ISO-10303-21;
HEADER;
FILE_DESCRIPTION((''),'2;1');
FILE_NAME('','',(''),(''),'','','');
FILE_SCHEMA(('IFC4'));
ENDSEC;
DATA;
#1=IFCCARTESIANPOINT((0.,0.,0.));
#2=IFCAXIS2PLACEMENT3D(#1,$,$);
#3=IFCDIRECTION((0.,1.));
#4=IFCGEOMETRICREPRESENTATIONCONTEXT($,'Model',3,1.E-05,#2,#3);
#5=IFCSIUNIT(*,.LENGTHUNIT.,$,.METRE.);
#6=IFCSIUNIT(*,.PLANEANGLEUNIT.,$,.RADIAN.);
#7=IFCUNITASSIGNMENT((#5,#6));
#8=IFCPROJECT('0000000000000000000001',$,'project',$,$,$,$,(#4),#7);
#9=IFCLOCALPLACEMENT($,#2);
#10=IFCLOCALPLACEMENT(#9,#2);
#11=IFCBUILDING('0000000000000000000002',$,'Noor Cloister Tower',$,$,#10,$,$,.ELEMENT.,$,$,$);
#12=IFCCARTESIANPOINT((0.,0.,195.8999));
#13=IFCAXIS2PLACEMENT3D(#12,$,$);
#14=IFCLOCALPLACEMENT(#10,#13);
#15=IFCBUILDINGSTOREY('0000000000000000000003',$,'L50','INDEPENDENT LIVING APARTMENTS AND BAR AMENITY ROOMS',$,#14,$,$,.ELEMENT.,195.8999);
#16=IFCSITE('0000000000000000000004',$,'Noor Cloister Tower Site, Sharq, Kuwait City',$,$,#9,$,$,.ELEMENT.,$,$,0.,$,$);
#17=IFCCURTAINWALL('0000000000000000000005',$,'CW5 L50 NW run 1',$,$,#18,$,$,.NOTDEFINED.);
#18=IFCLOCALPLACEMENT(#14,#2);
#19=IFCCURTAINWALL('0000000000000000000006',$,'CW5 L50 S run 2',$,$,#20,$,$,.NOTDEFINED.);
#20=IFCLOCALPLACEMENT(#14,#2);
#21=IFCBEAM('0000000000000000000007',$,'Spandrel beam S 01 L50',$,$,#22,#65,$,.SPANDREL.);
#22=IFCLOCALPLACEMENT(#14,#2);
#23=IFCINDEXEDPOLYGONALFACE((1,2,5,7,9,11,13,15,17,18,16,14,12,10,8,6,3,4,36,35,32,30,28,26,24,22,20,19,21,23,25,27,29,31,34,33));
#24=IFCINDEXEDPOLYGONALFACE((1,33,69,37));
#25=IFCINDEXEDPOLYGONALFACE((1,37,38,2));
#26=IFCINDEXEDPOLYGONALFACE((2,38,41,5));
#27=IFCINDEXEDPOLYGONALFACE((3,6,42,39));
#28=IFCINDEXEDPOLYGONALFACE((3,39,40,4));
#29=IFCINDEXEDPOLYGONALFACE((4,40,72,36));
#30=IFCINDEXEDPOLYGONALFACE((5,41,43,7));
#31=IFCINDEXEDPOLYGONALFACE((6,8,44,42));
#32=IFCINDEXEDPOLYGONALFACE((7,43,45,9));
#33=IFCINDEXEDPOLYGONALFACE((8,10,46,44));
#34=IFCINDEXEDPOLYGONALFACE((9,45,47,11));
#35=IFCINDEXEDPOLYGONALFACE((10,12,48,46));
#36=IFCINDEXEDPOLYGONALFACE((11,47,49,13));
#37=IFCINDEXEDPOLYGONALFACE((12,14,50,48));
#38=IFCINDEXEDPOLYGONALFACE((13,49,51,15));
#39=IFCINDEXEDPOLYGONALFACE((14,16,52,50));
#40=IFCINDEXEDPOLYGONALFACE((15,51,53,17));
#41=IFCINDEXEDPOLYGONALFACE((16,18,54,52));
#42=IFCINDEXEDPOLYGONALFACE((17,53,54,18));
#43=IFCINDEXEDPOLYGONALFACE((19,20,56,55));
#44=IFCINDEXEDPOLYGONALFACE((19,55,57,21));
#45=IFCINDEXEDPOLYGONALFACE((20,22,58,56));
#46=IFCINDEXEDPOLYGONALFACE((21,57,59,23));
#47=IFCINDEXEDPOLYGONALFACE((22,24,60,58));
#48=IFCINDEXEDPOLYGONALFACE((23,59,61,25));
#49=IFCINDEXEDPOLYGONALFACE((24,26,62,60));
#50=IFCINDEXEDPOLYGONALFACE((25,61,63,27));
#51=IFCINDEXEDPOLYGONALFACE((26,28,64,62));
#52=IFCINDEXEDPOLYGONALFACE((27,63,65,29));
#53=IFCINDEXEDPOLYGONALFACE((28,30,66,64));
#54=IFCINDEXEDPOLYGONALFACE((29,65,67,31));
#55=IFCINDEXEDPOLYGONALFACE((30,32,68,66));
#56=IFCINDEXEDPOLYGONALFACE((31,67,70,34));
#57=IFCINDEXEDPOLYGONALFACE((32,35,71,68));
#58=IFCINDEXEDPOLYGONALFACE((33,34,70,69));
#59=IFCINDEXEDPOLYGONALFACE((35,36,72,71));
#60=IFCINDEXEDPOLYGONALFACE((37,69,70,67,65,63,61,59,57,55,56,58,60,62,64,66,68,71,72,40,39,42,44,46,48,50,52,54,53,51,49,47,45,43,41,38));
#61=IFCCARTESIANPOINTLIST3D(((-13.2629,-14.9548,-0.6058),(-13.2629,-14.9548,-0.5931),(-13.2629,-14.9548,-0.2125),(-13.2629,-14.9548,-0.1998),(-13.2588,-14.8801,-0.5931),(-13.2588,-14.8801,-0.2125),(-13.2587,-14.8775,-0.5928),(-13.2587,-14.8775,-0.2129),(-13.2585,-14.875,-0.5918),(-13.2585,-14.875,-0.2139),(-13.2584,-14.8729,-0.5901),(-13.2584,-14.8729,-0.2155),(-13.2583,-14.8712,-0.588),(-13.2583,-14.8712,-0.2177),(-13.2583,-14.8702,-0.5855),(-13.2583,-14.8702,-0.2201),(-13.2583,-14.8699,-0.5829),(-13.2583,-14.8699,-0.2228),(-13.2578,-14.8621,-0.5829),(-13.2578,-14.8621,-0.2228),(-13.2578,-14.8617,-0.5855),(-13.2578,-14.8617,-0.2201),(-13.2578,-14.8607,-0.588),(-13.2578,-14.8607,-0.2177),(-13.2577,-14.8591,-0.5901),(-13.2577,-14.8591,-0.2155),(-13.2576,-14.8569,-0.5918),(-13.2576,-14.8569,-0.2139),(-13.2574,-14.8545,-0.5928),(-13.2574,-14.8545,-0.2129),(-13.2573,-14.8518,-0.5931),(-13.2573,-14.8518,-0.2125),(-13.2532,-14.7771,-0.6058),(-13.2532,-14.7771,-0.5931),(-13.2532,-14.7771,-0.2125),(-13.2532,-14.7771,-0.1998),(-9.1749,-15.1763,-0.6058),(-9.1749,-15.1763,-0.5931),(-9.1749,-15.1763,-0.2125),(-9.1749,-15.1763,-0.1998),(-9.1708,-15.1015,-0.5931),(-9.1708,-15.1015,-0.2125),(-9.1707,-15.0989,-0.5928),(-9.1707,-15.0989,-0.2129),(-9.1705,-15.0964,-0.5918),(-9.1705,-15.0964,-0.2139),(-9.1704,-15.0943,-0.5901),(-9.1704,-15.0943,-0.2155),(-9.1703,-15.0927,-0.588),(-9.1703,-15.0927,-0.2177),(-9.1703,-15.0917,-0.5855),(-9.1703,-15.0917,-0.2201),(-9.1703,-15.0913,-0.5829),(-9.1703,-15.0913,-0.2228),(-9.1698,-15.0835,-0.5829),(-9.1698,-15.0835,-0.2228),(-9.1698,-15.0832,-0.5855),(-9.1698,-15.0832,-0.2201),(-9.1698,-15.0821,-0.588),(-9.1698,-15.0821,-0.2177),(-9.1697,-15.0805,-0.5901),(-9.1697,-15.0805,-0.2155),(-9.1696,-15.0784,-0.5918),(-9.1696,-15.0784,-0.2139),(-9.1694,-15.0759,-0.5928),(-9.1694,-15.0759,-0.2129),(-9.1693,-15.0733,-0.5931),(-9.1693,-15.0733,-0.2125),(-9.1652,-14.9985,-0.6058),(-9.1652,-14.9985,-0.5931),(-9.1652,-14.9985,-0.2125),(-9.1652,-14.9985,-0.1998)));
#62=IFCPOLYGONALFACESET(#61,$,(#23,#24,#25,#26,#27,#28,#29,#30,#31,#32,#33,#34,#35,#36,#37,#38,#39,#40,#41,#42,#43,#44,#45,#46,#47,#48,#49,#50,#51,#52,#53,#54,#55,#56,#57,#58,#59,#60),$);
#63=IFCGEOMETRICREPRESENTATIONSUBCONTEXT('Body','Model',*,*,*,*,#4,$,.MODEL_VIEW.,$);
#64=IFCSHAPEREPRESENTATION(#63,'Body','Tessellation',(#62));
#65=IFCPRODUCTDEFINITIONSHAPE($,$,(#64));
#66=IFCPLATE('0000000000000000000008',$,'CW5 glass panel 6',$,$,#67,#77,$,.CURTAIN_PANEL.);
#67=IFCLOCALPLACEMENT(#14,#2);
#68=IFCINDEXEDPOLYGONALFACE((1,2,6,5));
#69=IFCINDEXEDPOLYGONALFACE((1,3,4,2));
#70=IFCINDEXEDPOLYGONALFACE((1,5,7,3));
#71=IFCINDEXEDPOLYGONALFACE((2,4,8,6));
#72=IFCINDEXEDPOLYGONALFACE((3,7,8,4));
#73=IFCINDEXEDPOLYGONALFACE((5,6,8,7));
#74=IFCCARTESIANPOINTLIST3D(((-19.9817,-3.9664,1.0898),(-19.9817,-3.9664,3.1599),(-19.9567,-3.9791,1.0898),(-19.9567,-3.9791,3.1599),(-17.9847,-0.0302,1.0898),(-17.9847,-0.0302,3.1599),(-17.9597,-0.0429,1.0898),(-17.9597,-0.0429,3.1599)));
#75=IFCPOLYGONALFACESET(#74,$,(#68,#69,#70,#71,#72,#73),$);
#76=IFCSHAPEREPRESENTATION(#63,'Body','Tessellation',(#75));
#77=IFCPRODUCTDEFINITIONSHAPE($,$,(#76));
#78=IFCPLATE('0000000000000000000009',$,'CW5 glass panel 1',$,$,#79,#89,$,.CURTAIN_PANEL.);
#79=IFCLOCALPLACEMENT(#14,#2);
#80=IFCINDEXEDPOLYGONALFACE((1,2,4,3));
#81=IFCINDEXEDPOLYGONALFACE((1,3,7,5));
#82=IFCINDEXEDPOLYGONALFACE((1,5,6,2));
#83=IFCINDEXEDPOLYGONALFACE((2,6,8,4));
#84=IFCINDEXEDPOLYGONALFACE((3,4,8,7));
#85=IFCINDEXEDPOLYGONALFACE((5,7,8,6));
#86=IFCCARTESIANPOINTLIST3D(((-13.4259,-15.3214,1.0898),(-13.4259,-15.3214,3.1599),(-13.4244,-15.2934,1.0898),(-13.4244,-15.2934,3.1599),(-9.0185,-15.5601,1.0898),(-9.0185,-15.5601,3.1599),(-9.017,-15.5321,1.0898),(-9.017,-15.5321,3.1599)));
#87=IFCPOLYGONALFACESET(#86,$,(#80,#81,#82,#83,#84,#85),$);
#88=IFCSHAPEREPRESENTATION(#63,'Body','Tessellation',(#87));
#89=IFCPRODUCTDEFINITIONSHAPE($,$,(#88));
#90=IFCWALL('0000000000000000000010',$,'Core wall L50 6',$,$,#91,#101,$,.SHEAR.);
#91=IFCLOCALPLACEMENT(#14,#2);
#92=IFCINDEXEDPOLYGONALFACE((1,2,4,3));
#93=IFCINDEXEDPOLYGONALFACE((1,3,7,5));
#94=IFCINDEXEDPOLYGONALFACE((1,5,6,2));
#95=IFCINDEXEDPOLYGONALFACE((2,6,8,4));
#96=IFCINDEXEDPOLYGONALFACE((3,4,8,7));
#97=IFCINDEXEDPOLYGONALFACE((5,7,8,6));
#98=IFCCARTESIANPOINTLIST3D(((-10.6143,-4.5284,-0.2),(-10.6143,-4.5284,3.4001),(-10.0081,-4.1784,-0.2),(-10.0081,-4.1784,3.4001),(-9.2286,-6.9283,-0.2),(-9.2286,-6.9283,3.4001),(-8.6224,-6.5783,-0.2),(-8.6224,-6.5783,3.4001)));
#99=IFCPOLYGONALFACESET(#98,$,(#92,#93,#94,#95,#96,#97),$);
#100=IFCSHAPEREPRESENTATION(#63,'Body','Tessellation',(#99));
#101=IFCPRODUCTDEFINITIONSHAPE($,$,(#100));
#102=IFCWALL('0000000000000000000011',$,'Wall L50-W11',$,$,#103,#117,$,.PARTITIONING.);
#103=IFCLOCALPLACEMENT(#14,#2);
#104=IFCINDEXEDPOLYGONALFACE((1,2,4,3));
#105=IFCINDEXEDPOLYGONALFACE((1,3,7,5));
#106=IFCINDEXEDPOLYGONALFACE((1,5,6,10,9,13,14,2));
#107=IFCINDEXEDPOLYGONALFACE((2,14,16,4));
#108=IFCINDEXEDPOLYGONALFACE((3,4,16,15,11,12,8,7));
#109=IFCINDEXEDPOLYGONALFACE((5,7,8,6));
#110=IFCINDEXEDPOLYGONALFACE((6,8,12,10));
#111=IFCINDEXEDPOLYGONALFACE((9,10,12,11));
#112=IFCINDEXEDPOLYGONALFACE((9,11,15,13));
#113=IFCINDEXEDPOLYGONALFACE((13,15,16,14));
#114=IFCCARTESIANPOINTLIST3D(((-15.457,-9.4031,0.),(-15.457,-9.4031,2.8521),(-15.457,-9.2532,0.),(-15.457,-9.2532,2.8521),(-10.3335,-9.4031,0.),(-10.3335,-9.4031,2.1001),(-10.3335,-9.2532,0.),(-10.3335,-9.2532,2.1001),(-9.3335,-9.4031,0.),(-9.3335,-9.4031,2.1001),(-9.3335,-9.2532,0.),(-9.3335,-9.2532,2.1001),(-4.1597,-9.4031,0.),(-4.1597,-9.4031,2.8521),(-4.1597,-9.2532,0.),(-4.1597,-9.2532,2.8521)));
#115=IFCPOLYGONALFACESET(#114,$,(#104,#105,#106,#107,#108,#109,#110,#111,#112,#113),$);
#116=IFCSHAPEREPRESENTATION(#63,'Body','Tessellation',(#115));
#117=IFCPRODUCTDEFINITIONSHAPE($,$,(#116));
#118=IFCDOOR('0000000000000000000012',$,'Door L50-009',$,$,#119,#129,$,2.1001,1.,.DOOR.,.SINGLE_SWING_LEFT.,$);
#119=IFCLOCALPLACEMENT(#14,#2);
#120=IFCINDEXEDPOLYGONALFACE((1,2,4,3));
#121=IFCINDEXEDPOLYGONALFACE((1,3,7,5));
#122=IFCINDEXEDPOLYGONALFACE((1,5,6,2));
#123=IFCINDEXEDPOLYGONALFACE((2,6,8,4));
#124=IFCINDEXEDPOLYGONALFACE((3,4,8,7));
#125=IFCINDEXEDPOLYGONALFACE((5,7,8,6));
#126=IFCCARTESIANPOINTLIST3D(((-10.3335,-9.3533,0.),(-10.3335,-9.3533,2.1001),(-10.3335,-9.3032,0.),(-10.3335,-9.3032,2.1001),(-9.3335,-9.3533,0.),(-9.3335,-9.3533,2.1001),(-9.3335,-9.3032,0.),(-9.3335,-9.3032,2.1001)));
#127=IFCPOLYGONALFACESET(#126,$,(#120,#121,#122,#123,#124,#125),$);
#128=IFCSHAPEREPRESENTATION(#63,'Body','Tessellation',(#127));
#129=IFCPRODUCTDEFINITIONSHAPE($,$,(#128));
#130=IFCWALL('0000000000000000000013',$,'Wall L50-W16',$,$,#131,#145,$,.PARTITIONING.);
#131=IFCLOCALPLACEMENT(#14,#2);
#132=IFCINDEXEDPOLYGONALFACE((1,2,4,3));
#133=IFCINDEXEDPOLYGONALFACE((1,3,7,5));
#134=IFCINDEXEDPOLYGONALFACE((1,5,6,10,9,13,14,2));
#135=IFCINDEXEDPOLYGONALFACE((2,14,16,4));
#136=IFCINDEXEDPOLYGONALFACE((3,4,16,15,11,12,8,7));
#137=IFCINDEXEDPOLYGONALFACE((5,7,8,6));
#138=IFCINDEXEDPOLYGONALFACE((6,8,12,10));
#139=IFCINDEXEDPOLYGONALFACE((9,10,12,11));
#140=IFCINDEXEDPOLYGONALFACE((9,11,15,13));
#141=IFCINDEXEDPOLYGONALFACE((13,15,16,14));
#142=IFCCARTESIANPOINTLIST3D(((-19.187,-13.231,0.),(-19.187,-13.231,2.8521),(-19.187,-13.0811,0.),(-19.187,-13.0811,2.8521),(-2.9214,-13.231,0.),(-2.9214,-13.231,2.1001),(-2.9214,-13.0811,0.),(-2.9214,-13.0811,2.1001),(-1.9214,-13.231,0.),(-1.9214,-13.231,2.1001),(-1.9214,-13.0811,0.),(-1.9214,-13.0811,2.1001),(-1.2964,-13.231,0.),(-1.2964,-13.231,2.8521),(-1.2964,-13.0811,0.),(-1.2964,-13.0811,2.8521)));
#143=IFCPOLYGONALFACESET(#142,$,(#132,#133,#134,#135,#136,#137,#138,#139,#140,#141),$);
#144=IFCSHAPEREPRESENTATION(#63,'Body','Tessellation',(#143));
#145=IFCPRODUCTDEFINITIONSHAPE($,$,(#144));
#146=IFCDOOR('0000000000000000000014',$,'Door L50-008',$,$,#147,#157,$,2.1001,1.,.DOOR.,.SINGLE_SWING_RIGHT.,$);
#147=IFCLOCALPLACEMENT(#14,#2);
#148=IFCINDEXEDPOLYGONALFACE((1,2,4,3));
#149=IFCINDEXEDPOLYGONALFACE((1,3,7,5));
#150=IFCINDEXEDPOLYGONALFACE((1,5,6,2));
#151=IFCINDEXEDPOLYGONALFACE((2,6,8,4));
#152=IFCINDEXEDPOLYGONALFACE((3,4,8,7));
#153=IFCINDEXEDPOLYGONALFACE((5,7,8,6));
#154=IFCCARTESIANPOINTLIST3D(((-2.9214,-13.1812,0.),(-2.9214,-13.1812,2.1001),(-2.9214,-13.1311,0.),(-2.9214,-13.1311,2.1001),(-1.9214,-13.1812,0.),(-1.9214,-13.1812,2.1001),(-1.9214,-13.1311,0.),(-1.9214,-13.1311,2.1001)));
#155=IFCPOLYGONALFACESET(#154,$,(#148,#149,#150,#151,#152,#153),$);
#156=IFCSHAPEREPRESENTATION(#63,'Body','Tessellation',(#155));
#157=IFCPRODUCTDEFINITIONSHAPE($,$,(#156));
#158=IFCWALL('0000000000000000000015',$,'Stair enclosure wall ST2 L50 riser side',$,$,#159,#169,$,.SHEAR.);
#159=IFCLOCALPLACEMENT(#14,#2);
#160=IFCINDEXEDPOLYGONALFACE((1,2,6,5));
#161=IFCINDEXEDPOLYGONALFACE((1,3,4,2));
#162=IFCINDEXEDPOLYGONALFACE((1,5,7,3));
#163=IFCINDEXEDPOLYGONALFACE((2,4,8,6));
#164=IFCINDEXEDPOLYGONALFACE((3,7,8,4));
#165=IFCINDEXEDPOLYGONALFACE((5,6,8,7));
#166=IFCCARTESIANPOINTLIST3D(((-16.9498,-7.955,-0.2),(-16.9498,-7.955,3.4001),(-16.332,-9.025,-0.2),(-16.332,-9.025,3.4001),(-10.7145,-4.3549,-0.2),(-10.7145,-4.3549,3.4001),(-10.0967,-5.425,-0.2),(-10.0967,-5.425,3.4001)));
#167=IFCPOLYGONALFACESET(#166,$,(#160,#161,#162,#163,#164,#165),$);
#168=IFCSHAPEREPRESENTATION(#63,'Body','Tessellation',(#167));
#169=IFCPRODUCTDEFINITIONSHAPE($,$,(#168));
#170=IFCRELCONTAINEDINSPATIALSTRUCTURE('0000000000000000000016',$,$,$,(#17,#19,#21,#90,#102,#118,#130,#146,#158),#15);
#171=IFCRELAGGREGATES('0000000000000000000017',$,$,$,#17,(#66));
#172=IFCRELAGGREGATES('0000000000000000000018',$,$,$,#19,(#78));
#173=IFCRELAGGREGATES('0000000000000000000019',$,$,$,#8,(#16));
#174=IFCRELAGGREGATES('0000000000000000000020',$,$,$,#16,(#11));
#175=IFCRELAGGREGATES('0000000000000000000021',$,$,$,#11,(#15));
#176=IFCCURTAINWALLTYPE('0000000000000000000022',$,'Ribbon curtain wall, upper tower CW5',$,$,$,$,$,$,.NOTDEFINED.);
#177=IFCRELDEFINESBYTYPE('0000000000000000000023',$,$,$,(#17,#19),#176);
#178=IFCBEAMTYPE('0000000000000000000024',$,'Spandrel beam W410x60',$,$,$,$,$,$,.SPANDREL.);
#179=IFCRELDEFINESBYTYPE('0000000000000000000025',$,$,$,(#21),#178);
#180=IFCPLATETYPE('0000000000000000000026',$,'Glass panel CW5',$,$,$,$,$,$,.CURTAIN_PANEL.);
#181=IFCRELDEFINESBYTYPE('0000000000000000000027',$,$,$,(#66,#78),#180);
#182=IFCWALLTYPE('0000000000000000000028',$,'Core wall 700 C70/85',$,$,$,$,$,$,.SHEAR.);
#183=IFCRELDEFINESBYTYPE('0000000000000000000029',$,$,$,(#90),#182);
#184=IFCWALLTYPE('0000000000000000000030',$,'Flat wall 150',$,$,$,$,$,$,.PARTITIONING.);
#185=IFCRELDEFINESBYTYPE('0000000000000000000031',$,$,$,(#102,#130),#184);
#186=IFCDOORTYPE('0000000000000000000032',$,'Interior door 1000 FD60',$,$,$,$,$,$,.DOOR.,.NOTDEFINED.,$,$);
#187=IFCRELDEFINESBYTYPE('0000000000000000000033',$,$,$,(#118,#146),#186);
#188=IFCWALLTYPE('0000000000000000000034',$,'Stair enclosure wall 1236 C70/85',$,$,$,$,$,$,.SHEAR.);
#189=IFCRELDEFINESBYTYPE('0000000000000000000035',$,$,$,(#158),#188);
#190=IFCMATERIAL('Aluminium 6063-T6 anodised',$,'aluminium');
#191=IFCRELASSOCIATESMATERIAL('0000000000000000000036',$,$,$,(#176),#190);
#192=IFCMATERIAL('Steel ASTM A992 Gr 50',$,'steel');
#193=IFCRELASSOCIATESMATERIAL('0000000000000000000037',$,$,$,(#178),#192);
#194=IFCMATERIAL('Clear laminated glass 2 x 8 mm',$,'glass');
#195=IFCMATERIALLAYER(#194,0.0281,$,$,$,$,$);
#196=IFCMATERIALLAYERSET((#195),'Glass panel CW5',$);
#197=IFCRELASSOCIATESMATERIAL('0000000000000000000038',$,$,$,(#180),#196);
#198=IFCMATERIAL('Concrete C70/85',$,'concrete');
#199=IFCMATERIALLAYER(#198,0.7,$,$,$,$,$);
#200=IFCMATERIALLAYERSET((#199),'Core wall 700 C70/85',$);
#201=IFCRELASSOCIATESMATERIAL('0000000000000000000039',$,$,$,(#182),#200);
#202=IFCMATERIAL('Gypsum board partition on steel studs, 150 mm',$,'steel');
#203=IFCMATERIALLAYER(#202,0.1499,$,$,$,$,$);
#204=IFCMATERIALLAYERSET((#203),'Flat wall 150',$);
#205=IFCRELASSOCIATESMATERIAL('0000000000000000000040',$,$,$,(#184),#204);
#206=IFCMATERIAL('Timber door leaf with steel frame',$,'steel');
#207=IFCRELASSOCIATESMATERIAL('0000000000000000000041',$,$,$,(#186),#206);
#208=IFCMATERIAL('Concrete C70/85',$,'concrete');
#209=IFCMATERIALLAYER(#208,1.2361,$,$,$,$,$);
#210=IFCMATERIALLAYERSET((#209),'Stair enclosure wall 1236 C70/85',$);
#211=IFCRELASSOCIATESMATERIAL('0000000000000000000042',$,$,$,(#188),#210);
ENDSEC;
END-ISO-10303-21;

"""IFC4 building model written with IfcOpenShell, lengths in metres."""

from ifc_helpers import new_model, si_unit, direction, frame, frame_2d, origin, origin_2d, place, context, subcontext, project, spatial, rectangle, i_section, extrude, material, layer, layer_set, material_profile, profile_set, type_object, element, fill, aggregate, save


model = new_model("IFC4")

# Units and contexts
model_context = context("Model", 3, precision=1e-05, world=origin(), true_north=direction((0.0, 1.0)))
body_context = subcontext(model_context, "Body", "Model", "MODEL_VIEW")
ifc_project = project(units=[si_unit("LENGTHUNIT", "METRE"), si_unit("PLANEANGLEUNIT", "RADIAN")], contexts=[model_context])

# Site, building, storey
site_placement = place(None, origin())
site = spatial("IfcSite", under=ifc_project, at=site_placement, Name="Noor Cloister Tower Site, Sharq, Kuwait City", CompositionType="ELEMENT", RefElevation=0.0)
building_placement = place(site_placement, origin())
building = spatial("IfcBuilding", under=site, at=building_placement, Name="Noor Cloister Tower", CompositionType="ELEMENT")
storey_placement = place(building_placement, frame((0.0, 0.0, 195.8999)))
storey = spatial("IfcBuildingStorey", under=building, at=storey_placement, Name="L50", Description="INDEPENDENT LIVING APARTMENTS AND BAR AMENITY ROOMS", CompositionType="ELEMENT", Elevation=195.8999)

# Curtain wall
ifc_material_1 = material(Name="Aluminium 6063-T6 anodised", Category="aluminium")
curtain_wall_type = type_object("IfcCurtainWallType", Name="Ribbon curtain wall, upper tower CW5", PredefinedType="NOTDEFINED", material=ifc_material_1)
curtain_wall_1_placement = place(storey_placement, origin())
curtain_wall_1 = element("IfcCurtainWall", 1, at=curtain_wall_1_placement, inside=storey, type_object=curtain_wall_type, Name="CW5 L50 NW run 1", PredefinedType="NOTDEFINED")

# Curtain wall
curtain_wall_2_placement = place(storey_placement, origin())
curtain_wall_2 = element("IfcCurtainWall", 2, at=curtain_wall_2_placement, inside=storey, type_object=curtain_wall_type, Name="CW5 L50 S run 2", PredefinedType="NOTDEFINED")

# Beam
ifc_material_2 = material(Name="Steel ASTM A992 Gr 50", Category="steel")
ifc_material_profile_1 = material_profile(ifc_material_2, i_section(OverallWidth=0.178, OverallDepth=0.406, WebThickness=0.0078, FlangeThickness=0.0127, FilletRadius=0.0103, at=origin_2d()), Name="W410x60")
ifc_profile_set_1 = profile_set([ifc_material_profile_1], Name="Steel ASTM A992 Gr 50")
beam_type_1 = type_object("IfcBeamType", Name="Spandrel beam W410x60", PredefinedType="SPANDREL", material=ifc_profile_set_1)
for number, where, z_axis, x_axis, name in (
    (3, (-13.2581, -14.866, -0.4028), (0.998536, -0.054089, 0.0), (0.054089, 0.998536, 0.0), "Spandrel beam S 01 L50"),
):
    element("IfcBeam", number, at=place(storey_placement, frame(where, z_axis=z_axis, x_axis=x_axis)), inside=storey, type_object=beam_type_1, Name=name, PredefinedType="SPANDREL", context=body_context, shape_type="SweptSolid", body=[
        extrude(i_section(OverallWidth=0.178, OverallDepth=0.406, WebThickness=0.0078, FlangeThickness=0.0127, FilletRadius=0.0103, at=origin_2d()), origin(), (0.0, 0.0, 1.0), 4.094),
    ])

# Plates
ifc_material_3 = material(Name="Clear laminated glass 2 x 8 mm", Category="glass")
ifc_layer_1 = layer(ifc_material_3, 0.0281)
ifc_layer_set_1 = layer_set([ifc_layer_1], Name="Glass panel CW5")
plate_type = type_object("IfcPlateType", Name="Glass panel CW5", PredefinedType="CURTAIN_PANEL", material=ifc_layer_set_1)
plate_1_placement = place(storey_placement, frame((-18.9707, -2.0046, 1.0898), z_axis=(0.0, 0.0, 1.0), x_axis=(-0.452439, -0.891795, 0.0)))
plate_1 = element("IfcPlate", 4, at=plate_1_placement, type_object=plate_type, Name="CW5 glass panel 6", PredefinedType="CURTAIN_PANEL", context=body_context, shape_type="SweptSolid", body=[
    extrude(rectangle(XDim=4.4138, YDim=0.0281, at=origin_2d()), origin(), (0.0, 0.0, 1.0), 2.0701),
])
aggregate(curtain_wall_1, [plate_1])
plate_2_placement = place(storey_placement, frame((-11.2214, -15.4268, 1.0898), z_axis=(0.0, 0.0, 1.0), x_axis=(0.998537, -0.054074, 0.0)))
plate_2 = element("IfcPlate", 5, at=plate_2_placement, type_object=plate_type, Name="CW5 glass panel 1", PredefinedType="CURTAIN_PANEL", context=body_context, shape_type="SweptSolid", body=[
    extrude(rectangle(XDim=4.4138, YDim=0.0281, at=origin_2d()), origin(), (0.0, 0.0, 1.0), 2.0701),
])
aggregate(curtain_wall_2, [plate_2])

# Wall
ifc_material_4 = material(Name="Concrete C70/85", Category="concrete")
ifc_layer_2 = layer(ifc_material_4, 0.7)
ifc_layer_set_2 = layer_set([ifc_layer_2], Name="Core wall 700 C70/85")
wall_type_1 = type_object("IfcWallType", Name="Core wall 700 C70/85", PredefinedType="SHEAR", material=ifc_layer_set_2)
wall_1_placement = place(storey_placement, frame((-10.3113, -4.3533, -0.2), z_axis=(0.0, 0.0, 1.0), x_axis=(0.500043, -0.866001, 0.0)))
element("IfcWall", 6, at=wall_1_placement, inside=storey, type_object=wall_type_1, Name="Core wall L50 6", PredefinedType="SHEAR", context=body_context, shape_type="SweptSolid", body=[
    extrude(rectangle(XDim=2.7712, YDim=0.7, at=frame_2d((1.3857, 0.0))), origin(), (0.0, 0.0, 1.0), 3.6001),
])

# Walls, openings, doors
ifc_material_5 = material(Name="Gypsum board partition on steel studs, 150 mm", Category="steel")
ifc_layer_3 = layer(ifc_material_5, 0.1499)
ifc_layer_set_3 = layer_set([ifc_layer_3], Name="Flat wall 150")
wall_type_2 = type_object("IfcWallType", Name="Flat wall 150", PredefinedType="PARTITIONING", material=ifc_layer_set_3)
wall_2_placement = place(storey_placement, frame((-15.457, -9.3281, 0.0), z_axis=(0.0, 0.0, 1.0), x_axis=(1.0, 0.0, 0.0)))
wall_2 = element("IfcWall", 7, at=wall_2_placement, inside=storey, type_object=wall_type_2, Name="Wall L50-W11", PredefinedType="PARTITIONING", context=body_context, shape_type="SweptSolid", body=[
    extrude(rectangle(XDim=11.2974, YDim=0.1499, at=frame_2d((5.6487, 0.0))), origin(), (0.0, 0.0, 1.0), 2.8521),
])
opening_1_placement = place(wall_2_placement, frame((5.1235, 0.0, 0.0)))
opening_1 = element("IfcOpeningElement", 8, at=opening_1_placement, cuts=wall_2, PredefinedType="OPENING", context=body_context, shape_type="SweptSolid", body=[
    extrude(rectangle(XDim=1.0, YDim=2.1001, at=frame_2d((0.5, 1.05))), frame((0.0, 0.085, 0.0), z_axis=(0.0, -1.0, 0.0), x_axis=(1.0, 0.0, 0.0)), (0.0, 0.0, 1.0), 0.1699),
])
ifc_material_6 = material(Name="Timber door leaf with steel frame", Category="steel")
door_type_1 = type_object("IfcDoorType", Name="Interior door 1000 FD60", OperationType="NOTDEFINED", PredefinedType="DOOR", material=ifc_material_6)
door_1_placement = place(opening_1_placement, origin())
door_1 = element("IfcDoor", 9, at=door_1_placement, inside=storey, type_object=door_type_1, Name="Door L50-009", OperationType="SINGLE_SWING_LEFT", OverallHeight=2.1001, OverallWidth=1.0, PredefinedType="DOOR", context=body_context, shape_type="SweptSolid", body=[
    extrude(rectangle(XDim=1.0, YDim=2.1001, at=frame_2d((0.5, 1.05))), frame((0.0, 0.0249, 0.0), z_axis=(0.0, -1.0, 0.0), x_axis=(1.0, 0.0, 0.0)), (0.0, 0.0, 1.0), 0.05),
])
fill(opening_1, door_1)
wall_3_placement = place(storey_placement, frame((-19.187, -13.156, 0.0), z_axis=(0.0, 0.0, 1.0), x_axis=(1.0, 0.0, 0.0)))
wall_3 = element("IfcWall", 10, at=wall_3_placement, inside=storey, type_object=wall_type_2, Name="Wall L50-W16", PredefinedType="PARTITIONING", context=body_context, shape_type="SweptSolid", body=[
    extrude(rectangle(XDim=17.8906, YDim=0.1499, at=frame_2d((8.9453, 0.0))), origin(), (0.0, 0.0, 1.0), 2.8521),
])
opening_2_placement = place(wall_3_placement, frame((16.2656, 0.0, 0.0)))
opening_2 = element("IfcOpeningElement", 11, at=opening_2_placement, cuts=wall_3, PredefinedType="OPENING", context=body_context, shape_type="SweptSolid", body=[
    extrude(rectangle(XDim=1.0, YDim=2.1001, at=frame_2d((0.5, 1.05))), frame((0.0, 0.085, 0.0), z_axis=(0.0, -1.0, 0.0), x_axis=(1.0, 0.0, 0.0)), (0.0, 0.0, 1.0), 0.1699),
])
door_2_placement = place(opening_2_placement, origin())
door_2 = element("IfcDoor", 12, at=door_2_placement, inside=storey, type_object=door_type_1, Name="Door L50-008", OperationType="SINGLE_SWING_RIGHT", OverallHeight=2.1001, OverallWidth=1.0, PredefinedType="DOOR", context=body_context, shape_type="SweptSolid", body=[
    extrude(rectangle(XDim=1.0, YDim=2.1001, at=frame_2d((0.5, 1.05))), frame((0.0, 0.0249, 0.0), z_axis=(0.0, -1.0, 0.0), x_axis=(1.0, 0.0, 0.0)), (0.0, 0.0, 1.0), 0.05),
])
fill(opening_2, door_2)

# Wall
ifc_material_7 = material(Name="Concrete C70/85", Category="concrete")
ifc_layer_4 = layer(ifc_material_7, 1.2361)
ifc_layer_set_4 = layer_set([ifc_layer_4], Name="Stair enclosure wall 1236 C70/85")
wall_type_3 = type_object("IfcWallType", Name="Stair enclosure wall 1236 C70/85", PredefinedType="SHEAR", material=ifc_layer_set_4)
wall_4_placement = place(storey_placement, frame((-10.4055, -4.8899, -0.2), z_axis=(0.0, 0.0, 1.0), x_axis=(-0.866018, -0.500012, 0.0)))
element("IfcWall", 13, at=wall_4_placement, inside=storey, type_object=wall_type_3, Name="Stair enclosure wall ST2 L50 riser side", PredefinedType="SHEAR", context=body_context, shape_type="SweptSolid", body=[
    extrude(rectangle(XDim=7.2, YDim=1.2356, at=frame_2d((3.6001, 0.0))), origin(), (0.0, 0.0, 1.0), 3.6001),
])

save(model, "model.ifc")
